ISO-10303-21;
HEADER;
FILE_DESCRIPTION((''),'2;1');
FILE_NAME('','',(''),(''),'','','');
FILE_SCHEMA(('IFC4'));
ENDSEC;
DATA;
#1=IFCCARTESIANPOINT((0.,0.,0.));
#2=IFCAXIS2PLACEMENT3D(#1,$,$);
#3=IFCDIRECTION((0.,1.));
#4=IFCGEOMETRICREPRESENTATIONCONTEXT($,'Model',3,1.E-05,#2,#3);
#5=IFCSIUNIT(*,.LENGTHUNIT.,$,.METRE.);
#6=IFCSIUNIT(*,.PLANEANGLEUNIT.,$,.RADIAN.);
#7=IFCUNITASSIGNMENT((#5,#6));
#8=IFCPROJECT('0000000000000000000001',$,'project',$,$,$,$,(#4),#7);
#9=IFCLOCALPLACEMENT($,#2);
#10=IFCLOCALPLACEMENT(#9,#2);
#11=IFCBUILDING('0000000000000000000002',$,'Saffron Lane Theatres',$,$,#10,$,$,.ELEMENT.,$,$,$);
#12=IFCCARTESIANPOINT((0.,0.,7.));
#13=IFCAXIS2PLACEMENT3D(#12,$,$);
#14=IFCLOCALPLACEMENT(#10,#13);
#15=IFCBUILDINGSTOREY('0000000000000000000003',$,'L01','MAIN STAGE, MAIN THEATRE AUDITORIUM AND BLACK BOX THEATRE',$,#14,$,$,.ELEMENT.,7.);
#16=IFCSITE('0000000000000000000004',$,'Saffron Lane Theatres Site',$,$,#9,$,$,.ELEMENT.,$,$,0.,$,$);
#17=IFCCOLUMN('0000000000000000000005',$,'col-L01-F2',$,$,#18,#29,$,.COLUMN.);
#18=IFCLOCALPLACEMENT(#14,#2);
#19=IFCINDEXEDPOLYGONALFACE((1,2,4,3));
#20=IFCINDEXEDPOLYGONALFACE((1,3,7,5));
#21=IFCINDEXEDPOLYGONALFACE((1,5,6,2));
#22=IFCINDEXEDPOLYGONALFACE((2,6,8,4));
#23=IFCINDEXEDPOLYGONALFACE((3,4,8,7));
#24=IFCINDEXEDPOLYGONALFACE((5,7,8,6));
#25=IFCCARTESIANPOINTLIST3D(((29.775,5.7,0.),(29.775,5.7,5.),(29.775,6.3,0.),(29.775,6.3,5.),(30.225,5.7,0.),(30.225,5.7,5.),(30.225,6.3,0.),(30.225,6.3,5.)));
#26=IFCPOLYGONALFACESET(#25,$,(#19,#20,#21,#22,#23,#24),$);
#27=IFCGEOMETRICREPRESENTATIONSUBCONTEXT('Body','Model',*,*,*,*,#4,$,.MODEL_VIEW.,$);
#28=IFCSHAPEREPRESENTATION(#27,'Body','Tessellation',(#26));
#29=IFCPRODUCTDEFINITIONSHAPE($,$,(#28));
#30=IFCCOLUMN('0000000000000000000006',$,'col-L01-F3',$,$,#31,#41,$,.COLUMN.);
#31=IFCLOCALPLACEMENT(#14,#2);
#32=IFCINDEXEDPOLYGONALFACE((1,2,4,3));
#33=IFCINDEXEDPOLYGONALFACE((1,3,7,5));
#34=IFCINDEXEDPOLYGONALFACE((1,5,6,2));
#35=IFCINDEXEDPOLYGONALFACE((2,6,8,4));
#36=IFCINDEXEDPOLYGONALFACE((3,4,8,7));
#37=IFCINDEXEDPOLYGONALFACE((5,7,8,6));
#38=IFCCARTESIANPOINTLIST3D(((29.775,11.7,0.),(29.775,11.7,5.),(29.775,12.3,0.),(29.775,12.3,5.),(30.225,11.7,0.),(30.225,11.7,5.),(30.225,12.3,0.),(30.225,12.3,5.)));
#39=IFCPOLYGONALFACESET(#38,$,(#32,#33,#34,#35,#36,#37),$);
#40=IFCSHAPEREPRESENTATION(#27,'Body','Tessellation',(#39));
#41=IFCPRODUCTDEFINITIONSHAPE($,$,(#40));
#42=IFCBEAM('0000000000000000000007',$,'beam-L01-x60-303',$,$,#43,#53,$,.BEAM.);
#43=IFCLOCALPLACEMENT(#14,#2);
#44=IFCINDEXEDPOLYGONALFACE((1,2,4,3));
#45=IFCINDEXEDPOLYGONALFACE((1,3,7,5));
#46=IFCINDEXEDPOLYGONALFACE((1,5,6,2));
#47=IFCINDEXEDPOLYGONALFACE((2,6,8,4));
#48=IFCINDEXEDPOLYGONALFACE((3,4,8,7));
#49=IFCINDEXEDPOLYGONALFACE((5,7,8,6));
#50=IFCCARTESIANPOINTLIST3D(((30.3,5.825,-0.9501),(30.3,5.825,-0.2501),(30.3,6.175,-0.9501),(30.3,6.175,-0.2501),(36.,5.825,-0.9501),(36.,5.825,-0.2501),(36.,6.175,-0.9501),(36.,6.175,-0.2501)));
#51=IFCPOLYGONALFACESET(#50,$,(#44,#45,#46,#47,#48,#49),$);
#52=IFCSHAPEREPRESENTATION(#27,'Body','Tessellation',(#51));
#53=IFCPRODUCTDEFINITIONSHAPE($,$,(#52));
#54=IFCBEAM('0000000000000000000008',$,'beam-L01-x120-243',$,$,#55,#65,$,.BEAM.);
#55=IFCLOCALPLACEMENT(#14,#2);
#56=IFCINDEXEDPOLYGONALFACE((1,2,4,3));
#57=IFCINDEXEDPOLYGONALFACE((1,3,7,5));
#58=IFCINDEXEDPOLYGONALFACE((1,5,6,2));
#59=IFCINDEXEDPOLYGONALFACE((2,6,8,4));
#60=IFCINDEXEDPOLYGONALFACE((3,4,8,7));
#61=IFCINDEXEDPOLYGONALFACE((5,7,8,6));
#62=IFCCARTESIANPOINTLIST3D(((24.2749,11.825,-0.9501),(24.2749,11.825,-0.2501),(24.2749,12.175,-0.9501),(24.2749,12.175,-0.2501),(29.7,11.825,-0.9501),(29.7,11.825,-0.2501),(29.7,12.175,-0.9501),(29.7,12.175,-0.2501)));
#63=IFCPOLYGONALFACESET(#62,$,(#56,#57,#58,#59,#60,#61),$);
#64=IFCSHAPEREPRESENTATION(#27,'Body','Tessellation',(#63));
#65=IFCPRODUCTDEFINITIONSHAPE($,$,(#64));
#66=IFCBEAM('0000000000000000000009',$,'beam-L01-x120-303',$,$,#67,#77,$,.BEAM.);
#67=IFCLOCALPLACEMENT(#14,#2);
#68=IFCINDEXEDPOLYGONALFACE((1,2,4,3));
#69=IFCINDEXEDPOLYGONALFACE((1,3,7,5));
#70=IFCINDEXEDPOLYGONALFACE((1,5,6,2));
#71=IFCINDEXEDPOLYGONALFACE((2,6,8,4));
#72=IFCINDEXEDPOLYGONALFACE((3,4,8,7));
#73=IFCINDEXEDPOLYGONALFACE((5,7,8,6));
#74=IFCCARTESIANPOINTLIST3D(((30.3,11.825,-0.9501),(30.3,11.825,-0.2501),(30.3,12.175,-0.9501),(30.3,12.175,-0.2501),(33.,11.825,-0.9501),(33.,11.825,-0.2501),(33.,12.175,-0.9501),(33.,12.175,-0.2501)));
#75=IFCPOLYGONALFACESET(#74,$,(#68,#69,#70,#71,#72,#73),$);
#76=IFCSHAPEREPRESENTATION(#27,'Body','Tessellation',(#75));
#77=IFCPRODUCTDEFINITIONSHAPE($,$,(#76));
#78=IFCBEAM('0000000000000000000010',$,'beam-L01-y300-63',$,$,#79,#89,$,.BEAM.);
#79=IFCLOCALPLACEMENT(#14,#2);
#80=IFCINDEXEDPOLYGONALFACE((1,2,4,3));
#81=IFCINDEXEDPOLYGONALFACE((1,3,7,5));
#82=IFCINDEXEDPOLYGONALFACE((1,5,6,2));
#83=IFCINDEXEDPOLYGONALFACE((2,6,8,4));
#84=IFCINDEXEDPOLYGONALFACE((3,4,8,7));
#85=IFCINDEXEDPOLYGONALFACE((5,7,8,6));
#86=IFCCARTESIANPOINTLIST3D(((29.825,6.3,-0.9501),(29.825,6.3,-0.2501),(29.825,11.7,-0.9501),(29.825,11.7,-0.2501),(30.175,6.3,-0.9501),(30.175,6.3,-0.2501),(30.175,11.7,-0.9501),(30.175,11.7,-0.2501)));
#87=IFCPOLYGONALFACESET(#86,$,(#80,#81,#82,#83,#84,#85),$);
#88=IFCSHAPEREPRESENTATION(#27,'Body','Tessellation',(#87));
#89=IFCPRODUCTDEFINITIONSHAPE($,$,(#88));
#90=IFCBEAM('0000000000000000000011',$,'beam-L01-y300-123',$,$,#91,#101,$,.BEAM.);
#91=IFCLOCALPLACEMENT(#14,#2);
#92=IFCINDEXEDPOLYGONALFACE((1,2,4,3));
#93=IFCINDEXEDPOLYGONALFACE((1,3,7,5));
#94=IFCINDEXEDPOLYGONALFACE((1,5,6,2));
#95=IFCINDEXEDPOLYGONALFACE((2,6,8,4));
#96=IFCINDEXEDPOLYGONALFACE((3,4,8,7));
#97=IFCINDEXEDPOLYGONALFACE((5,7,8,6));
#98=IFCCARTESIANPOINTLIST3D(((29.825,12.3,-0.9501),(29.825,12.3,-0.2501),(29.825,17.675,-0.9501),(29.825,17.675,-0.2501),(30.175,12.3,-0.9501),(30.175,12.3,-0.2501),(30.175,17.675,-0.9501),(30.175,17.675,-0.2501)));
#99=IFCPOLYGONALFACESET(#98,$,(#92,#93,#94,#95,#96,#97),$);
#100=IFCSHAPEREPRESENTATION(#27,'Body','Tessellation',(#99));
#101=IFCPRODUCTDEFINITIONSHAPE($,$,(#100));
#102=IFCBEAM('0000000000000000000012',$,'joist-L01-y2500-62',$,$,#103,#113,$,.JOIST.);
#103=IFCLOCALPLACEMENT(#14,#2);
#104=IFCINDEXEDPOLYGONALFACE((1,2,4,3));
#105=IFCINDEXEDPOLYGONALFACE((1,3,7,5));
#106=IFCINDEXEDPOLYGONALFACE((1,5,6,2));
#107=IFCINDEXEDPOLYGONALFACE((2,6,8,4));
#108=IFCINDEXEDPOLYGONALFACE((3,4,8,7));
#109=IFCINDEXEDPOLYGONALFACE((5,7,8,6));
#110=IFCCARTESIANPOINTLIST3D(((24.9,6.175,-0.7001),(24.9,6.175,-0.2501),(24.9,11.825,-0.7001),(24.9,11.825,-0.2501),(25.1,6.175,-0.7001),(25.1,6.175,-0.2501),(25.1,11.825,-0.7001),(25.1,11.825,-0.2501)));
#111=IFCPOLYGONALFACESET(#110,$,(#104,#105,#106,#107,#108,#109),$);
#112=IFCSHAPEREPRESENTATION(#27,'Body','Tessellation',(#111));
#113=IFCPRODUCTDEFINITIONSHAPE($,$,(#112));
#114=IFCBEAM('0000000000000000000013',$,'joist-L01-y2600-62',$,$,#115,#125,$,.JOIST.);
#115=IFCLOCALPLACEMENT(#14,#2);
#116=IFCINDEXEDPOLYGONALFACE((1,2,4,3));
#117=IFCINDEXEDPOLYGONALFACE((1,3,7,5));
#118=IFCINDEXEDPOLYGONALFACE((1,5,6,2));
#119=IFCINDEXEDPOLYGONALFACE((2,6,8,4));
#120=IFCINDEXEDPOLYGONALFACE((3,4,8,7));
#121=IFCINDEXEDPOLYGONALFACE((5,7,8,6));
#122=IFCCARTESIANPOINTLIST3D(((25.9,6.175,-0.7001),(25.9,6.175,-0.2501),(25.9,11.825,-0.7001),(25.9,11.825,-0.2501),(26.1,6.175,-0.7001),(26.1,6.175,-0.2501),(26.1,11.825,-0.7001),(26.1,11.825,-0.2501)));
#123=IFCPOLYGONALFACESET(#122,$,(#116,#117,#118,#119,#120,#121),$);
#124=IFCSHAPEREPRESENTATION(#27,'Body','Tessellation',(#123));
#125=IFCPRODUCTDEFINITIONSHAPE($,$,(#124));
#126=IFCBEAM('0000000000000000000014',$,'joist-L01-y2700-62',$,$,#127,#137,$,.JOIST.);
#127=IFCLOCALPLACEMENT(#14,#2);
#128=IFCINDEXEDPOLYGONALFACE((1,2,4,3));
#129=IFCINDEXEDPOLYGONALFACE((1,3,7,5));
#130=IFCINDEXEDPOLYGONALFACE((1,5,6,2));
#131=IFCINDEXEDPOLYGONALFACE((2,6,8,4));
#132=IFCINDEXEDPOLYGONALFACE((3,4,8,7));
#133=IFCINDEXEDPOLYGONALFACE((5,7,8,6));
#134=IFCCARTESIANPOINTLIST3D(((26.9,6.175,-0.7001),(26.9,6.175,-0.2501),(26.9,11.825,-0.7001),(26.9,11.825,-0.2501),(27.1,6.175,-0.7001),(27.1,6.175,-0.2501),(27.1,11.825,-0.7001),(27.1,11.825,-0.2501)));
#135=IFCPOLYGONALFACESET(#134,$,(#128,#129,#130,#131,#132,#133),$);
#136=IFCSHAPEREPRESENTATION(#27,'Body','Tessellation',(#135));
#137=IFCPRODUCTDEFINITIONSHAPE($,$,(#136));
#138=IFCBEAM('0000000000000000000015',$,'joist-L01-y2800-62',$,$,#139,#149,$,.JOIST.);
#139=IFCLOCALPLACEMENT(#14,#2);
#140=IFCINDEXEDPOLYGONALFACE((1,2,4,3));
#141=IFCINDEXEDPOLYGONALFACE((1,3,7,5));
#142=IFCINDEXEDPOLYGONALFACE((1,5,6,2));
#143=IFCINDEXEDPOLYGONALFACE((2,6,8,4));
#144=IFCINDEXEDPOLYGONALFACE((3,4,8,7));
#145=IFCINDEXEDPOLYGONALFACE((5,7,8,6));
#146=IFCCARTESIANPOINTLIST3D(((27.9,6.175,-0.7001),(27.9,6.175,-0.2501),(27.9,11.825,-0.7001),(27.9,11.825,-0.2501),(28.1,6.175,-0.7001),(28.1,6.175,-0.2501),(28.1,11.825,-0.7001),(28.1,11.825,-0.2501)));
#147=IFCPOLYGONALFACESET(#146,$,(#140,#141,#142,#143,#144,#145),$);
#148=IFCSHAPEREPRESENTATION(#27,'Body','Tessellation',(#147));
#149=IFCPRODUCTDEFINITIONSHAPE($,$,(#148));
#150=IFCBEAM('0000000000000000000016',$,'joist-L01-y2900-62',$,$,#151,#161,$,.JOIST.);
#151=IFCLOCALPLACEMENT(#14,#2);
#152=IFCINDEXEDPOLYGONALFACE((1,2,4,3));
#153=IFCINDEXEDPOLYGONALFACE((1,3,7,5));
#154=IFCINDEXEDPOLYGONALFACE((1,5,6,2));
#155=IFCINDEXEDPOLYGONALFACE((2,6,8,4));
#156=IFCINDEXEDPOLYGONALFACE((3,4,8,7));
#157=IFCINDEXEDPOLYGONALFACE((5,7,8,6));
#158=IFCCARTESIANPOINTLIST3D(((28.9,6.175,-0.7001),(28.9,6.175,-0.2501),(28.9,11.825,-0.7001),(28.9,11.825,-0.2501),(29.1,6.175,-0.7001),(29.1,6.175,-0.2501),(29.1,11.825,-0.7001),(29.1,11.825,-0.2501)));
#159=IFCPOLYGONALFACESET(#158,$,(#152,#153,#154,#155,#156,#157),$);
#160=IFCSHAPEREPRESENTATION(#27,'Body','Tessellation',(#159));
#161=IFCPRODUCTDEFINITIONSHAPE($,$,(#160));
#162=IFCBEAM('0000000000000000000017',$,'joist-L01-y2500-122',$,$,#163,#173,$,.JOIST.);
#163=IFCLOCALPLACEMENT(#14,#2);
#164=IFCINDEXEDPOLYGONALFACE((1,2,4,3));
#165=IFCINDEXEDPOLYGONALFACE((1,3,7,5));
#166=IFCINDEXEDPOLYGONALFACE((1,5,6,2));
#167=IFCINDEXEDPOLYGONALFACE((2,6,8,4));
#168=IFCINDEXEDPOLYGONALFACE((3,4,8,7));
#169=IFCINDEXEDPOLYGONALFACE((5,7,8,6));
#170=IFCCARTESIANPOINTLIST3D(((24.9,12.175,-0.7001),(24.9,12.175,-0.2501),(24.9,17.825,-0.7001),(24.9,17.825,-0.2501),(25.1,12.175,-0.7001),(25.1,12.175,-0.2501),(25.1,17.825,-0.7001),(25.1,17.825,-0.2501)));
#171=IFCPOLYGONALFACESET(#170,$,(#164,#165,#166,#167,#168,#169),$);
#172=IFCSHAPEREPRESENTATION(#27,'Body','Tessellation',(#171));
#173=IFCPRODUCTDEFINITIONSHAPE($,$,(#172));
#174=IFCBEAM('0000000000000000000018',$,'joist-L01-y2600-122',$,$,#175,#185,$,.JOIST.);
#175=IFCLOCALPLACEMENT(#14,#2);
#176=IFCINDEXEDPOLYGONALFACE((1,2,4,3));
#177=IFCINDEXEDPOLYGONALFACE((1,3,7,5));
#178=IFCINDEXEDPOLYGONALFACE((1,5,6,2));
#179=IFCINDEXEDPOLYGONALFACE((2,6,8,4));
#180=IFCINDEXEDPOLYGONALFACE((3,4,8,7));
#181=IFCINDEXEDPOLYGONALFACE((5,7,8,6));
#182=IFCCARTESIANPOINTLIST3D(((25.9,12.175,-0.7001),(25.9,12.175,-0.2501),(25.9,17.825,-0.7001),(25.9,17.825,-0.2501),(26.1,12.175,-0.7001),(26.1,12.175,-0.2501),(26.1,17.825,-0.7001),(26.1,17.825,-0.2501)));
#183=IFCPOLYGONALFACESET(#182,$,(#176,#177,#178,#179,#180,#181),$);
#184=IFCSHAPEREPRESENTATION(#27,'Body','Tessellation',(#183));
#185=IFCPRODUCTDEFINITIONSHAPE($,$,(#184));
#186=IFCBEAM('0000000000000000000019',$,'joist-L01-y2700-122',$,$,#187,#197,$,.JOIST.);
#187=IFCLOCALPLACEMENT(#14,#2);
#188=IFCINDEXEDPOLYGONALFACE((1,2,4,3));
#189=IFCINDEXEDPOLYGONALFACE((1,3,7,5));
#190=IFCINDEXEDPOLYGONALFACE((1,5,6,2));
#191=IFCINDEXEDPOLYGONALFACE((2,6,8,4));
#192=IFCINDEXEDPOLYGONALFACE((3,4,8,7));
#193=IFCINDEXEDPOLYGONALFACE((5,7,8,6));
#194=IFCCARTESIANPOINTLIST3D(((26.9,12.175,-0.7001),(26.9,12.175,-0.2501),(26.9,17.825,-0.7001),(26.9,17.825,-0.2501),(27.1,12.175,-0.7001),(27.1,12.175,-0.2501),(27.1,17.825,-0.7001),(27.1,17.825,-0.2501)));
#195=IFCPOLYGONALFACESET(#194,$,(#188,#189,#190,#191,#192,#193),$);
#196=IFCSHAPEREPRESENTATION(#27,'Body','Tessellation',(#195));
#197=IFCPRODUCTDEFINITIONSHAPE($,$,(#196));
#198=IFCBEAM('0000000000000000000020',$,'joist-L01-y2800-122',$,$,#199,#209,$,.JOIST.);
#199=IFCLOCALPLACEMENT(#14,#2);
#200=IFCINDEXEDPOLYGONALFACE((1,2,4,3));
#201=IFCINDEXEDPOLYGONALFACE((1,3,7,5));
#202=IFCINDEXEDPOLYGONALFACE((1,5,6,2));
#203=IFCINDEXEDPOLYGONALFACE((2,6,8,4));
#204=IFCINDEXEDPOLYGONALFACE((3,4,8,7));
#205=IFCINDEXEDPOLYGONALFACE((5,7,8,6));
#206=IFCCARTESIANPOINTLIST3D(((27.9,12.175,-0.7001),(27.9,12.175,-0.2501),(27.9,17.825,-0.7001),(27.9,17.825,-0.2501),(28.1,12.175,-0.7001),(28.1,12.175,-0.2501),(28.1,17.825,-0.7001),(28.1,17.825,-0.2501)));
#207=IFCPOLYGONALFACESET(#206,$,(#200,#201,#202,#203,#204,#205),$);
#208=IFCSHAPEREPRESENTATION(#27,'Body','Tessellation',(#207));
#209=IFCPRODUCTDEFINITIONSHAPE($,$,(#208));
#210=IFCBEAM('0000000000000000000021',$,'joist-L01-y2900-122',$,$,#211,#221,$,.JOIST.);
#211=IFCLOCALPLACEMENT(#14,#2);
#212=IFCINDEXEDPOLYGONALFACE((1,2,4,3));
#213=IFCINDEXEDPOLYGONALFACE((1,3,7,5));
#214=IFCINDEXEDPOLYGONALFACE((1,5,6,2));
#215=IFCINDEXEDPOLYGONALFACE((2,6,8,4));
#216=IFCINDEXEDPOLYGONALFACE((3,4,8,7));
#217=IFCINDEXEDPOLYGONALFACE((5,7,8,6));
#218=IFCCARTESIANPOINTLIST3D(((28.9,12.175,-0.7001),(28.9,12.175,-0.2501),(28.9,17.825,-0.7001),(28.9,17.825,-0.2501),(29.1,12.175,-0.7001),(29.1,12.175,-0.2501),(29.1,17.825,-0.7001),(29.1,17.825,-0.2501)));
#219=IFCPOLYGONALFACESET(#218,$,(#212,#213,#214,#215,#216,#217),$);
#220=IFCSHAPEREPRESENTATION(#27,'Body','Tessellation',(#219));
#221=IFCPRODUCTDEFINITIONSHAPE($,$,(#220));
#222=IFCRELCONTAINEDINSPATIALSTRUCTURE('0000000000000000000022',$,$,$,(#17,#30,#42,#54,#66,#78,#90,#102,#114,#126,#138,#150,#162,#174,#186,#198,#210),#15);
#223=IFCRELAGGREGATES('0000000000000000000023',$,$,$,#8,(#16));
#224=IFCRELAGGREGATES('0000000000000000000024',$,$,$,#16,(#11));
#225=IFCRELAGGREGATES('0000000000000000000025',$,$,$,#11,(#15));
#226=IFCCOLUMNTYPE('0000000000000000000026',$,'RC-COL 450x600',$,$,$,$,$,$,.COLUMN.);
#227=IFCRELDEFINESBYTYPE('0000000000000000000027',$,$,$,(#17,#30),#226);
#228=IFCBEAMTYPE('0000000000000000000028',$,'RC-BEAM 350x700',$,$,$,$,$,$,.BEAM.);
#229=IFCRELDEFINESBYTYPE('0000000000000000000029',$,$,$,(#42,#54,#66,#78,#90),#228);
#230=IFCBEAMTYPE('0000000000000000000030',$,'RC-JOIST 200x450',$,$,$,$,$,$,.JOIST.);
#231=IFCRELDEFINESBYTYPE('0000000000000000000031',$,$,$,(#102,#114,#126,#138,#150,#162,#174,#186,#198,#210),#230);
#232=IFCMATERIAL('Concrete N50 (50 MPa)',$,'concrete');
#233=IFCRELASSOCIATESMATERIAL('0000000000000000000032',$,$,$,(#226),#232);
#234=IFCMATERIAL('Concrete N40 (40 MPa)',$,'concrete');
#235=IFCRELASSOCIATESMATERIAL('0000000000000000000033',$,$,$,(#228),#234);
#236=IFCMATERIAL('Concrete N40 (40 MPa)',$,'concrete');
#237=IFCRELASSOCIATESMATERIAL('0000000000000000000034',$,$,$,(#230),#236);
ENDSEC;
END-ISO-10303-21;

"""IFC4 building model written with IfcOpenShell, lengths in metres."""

from ifc_helpers import new_model, si_unit, direction, frame, origin, origin_2d, place, context, subcontext, project, spatial, rectangle, extrude, material, material_profile, profile_set, type_object, element, save


model = new_model("IFC4")

# Units and contexts
model_context = context("Model", 3, precision=1e-05, world=origin(), true_north=direction((0.0, 1.0)))
body_context = subcontext(model_context, "Body", "Model", "MODEL_VIEW")
ifc_project = project(units=[si_unit("LENGTHUNIT", "METRE"), si_unit("PLANEANGLEUNIT", "RADIAN")], contexts=[model_context])

# Site, building, storey
site_placement = place(None, origin())
site = spatial("IfcSite", under=ifc_project, at=site_placement, Name="Saffron Lane Theatres Site", CompositionType="ELEMENT", RefElevation=0.0)
building_placement = place(site_placement, origin())
building = spatial("IfcBuilding", under=site, at=building_placement, Name="Saffron Lane Theatres", CompositionType="ELEMENT")
storey_placement = place(building_placement, frame((0.0, 0.0, 7.0)))
storey = spatial("IfcBuildingStorey", under=building, at=storey_placement, Name="L01", Description="MAIN STAGE, MAIN THEATRE AUDITORIUM AND BLACK BOX THEATRE", CompositionType="ELEMENT", Elevation=7.0)

# Columns
ifc_material_1 = material(Name="Concrete N50 (50 MPa)", Category="concrete")
ifc_material_profile_1 = material_profile(ifc_material_1, rectangle(XDim=0.45, YDim=0.6001, at=origin_2d()))
ifc_profile_set_1 = profile_set([ifc_material_profile_1], Name="Concrete N50 (50 MPa)")
column_type = type_object("IfcColumnType", Name="RC-COL 450x600", PredefinedType="COLUMN", material=ifc_profile_set_1)
for number, where, z_axis, x_axis, name in (
    (1, (30.0, 6.0, 0.0), (0.0, 0.0, 1.0), (1.0, 0.0, 0.0), "col-L01-F2"),
    (2, (30.0, 12.0, 0.0), (0.0, 0.0, 1.0), (1.0, 0.0, 0.0), "col-L01-F3"),
):
    element("IfcColumn", number, at=place(storey_placement, frame(where, z_axis=z_axis, x_axis=x_axis)), inside=storey, type_object=column_type, Name=name, PredefinedType="COLUMN", context=body_context, shape_type="SweptSolid", body=[
        extrude(rectangle(XDim=0.45, YDim=0.6001, at=origin_2d()), origin(), (0.0, 0.0, 1.0), 5.0),
    ])

# Beams
ifc_material_2 = material(Name="Concrete N40 (40 MPa)", Category="concrete")
ifc_material_profile_2 = material_profile(ifc_material_2, rectangle(XDim=0.3501, YDim=0.7, at=origin_2d()))
ifc_profile_set_2 = profile_set([ifc_material_profile_2], Name="Concrete N40 (40 MPa)")
beam_type_1 = type_object("IfcBeamType", Name="RC-BEAM 350x700", PredefinedType="BEAM", material=ifc_profile_set_2)
beam_1_placement = place(storey_placement, frame((30.3, 6.0, -0.6001), z_axis=(1.0, 0.0, 0.0), x_axis=(0.0, 1.0, 0.0)))
element("IfcBeam", 3, at=beam_1_placement, inside=storey, type_object=beam_type_1, Name="beam-L01-x60-303", PredefinedType="BEAM", context=body_context, shape_type="SweptSolid", body=[
    extrude(rectangle(XDim=0.3501, YDim=0.7, at=origin_2d()), origin(), (0.0, 0.0, 1.0), 5.7),
])
beam_2_placement = place(storey_placement, frame((24.2749, 12.0, -0.6001), z_axis=(1.0, 0.0, 0.0), x_axis=(0.0, 1.0, 0.0)))
element("IfcBeam", 4, at=beam_2_placement, inside=storey, type_object=beam_type_1, Name="beam-L01-x120-243", PredefinedType="BEAM", context=body_context, shape_type="SweptSolid", body=[
    extrude(rectangle(XDim=0.3501, YDim=0.7, at=origin_2d()), origin(), (0.0, 0.0, 1.0), 5.425),
])
beam_3_placement = place(storey_placement, frame((30.3, 12.0, -0.6001), z_axis=(1.0, 0.0, 0.0), x_axis=(0.0, 1.0, 0.0)))
element("IfcBeam", 5, at=beam_3_placement, inside=storey, type_object=beam_type_1, Name="beam-L01-x120-303", PredefinedType="BEAM", context=body_context, shape_type="SweptSolid", body=[
    extrude(rectangle(XDim=0.3501, YDim=0.7, at=origin_2d()), origin(), (0.0, 0.0, 1.0), 2.7),
])
beam_4_placement = place(storey_placement, frame((30.0, 6.3, -0.6001), z_axis=(0.0, 1.0, 0.0), x_axis=(-1.0, 0.0, 0.0)))
element("IfcBeam", 6, at=beam_4_placement, inside=storey, type_object=beam_type_1, Name="beam-L01-y300-63", PredefinedType="BEAM", context=body_context, shape_type="SweptSolid", body=[
    extrude(rectangle(XDim=0.3501, YDim=0.7, at=origin_2d()), origin(), (0.0, 0.0, 1.0), 5.3999),
])
beam_5_placement = place(storey_placement, frame((30.0, 12.3, -0.6001), z_axis=(0.0, 1.0, 0.0), x_axis=(-1.0, 0.0, 0.0)))
element("IfcBeam", 7, at=beam_5_placement, inside=storey, type_object=beam_type_1, Name="beam-L01-y300-123", PredefinedType="BEAM", context=body_context, shape_type="SweptSolid", body=[
    extrude(rectangle(XDim=0.3501, YDim=0.7, at=origin_2d()), origin(), (0.0, 0.0, 1.0), 5.375),
])
ifc_material_3 = material(Name="Concrete N40 (40 MPa)", Category="concrete")
ifc_material_profile_3 = material_profile(ifc_material_3, rectangle(XDim=0.2, YDim=0.45, at=origin_2d()))
ifc_profile_set_3 = profile_set([ifc_material_profile_3], Name="Concrete N40 (40 MPa)")
beam_type_2 = type_object("IfcBeamType", Name="RC-JOIST 200x450", PredefinedType="JOIST", material=ifc_profile_set_3)
for number, where, z_axis, x_axis, name in (
    (8, (25.0, 6.175, -0.4751), (0.0, 1.0, 0.0), (-1.0, 0.0, 0.0), "joist-L01-y2500-62"),
    (9, (26.0, 6.175, -0.4751), (0.0, 1.0, 0.0), (-1.0, 0.0, 0.0), "joist-L01-y2600-62"),
    (10, (27.0, 6.175, -0.4751), (0.0, 1.0, 0.0), (-1.0, 0.0, 0.0), "joist-L01-y2700-62"),
    (11, (28.0, 6.175, -0.4751), (0.0, 1.0, 0.0), (-1.0, 0.0, 0.0), "joist-L01-y2800-62"),
    (12, (29.0, 6.175, -0.4751), (0.0, 1.0, 0.0), (-1.0, 0.0, 0.0), "joist-L01-y2900-62"),
    (13, (25.0, 12.175, -0.4751), (0.0, 1.0, 0.0), (-1.0, 0.0, 0.0), "joist-L01-y2500-122"),
    (14, (26.0, 12.175, -0.4751), (0.0, 1.0, 0.0), (-1.0, 0.0, 0.0), "joist-L01-y2600-122"),
    (15, (27.0, 12.175, -0.4751), (0.0, 1.0, 0.0), (-1.0, 0.0, 0.0), "joist-L01-y2700-122"),
    (16, (28.0, 12.175, -0.4751), (0.0, 1.0, 0.0), (-1.0, 0.0, 0.0), "joist-L01-y2800-122"),
    (17, (29.0, 12.175, -0.4751), (0.0, 1.0, 0.0), (-1.0, 0.0, 0.0), "joist-L01-y2900-122"),
):
    element("IfcBeam", number, at=place(storey_placement, frame(where, z_axis=z_axis, x_axis=x_axis)), inside=storey, type_object=beam_type_2, Name=name, PredefinedType="JOIST", context=body_context, shape_type="SweptSolid", body=[
        extrude(rectangle(XDim=0.2, YDim=0.45, at=origin_2d()), origin(), (0.0, 0.0, 1.0), 5.6499),
    ])

save(model, "model.ifc")
